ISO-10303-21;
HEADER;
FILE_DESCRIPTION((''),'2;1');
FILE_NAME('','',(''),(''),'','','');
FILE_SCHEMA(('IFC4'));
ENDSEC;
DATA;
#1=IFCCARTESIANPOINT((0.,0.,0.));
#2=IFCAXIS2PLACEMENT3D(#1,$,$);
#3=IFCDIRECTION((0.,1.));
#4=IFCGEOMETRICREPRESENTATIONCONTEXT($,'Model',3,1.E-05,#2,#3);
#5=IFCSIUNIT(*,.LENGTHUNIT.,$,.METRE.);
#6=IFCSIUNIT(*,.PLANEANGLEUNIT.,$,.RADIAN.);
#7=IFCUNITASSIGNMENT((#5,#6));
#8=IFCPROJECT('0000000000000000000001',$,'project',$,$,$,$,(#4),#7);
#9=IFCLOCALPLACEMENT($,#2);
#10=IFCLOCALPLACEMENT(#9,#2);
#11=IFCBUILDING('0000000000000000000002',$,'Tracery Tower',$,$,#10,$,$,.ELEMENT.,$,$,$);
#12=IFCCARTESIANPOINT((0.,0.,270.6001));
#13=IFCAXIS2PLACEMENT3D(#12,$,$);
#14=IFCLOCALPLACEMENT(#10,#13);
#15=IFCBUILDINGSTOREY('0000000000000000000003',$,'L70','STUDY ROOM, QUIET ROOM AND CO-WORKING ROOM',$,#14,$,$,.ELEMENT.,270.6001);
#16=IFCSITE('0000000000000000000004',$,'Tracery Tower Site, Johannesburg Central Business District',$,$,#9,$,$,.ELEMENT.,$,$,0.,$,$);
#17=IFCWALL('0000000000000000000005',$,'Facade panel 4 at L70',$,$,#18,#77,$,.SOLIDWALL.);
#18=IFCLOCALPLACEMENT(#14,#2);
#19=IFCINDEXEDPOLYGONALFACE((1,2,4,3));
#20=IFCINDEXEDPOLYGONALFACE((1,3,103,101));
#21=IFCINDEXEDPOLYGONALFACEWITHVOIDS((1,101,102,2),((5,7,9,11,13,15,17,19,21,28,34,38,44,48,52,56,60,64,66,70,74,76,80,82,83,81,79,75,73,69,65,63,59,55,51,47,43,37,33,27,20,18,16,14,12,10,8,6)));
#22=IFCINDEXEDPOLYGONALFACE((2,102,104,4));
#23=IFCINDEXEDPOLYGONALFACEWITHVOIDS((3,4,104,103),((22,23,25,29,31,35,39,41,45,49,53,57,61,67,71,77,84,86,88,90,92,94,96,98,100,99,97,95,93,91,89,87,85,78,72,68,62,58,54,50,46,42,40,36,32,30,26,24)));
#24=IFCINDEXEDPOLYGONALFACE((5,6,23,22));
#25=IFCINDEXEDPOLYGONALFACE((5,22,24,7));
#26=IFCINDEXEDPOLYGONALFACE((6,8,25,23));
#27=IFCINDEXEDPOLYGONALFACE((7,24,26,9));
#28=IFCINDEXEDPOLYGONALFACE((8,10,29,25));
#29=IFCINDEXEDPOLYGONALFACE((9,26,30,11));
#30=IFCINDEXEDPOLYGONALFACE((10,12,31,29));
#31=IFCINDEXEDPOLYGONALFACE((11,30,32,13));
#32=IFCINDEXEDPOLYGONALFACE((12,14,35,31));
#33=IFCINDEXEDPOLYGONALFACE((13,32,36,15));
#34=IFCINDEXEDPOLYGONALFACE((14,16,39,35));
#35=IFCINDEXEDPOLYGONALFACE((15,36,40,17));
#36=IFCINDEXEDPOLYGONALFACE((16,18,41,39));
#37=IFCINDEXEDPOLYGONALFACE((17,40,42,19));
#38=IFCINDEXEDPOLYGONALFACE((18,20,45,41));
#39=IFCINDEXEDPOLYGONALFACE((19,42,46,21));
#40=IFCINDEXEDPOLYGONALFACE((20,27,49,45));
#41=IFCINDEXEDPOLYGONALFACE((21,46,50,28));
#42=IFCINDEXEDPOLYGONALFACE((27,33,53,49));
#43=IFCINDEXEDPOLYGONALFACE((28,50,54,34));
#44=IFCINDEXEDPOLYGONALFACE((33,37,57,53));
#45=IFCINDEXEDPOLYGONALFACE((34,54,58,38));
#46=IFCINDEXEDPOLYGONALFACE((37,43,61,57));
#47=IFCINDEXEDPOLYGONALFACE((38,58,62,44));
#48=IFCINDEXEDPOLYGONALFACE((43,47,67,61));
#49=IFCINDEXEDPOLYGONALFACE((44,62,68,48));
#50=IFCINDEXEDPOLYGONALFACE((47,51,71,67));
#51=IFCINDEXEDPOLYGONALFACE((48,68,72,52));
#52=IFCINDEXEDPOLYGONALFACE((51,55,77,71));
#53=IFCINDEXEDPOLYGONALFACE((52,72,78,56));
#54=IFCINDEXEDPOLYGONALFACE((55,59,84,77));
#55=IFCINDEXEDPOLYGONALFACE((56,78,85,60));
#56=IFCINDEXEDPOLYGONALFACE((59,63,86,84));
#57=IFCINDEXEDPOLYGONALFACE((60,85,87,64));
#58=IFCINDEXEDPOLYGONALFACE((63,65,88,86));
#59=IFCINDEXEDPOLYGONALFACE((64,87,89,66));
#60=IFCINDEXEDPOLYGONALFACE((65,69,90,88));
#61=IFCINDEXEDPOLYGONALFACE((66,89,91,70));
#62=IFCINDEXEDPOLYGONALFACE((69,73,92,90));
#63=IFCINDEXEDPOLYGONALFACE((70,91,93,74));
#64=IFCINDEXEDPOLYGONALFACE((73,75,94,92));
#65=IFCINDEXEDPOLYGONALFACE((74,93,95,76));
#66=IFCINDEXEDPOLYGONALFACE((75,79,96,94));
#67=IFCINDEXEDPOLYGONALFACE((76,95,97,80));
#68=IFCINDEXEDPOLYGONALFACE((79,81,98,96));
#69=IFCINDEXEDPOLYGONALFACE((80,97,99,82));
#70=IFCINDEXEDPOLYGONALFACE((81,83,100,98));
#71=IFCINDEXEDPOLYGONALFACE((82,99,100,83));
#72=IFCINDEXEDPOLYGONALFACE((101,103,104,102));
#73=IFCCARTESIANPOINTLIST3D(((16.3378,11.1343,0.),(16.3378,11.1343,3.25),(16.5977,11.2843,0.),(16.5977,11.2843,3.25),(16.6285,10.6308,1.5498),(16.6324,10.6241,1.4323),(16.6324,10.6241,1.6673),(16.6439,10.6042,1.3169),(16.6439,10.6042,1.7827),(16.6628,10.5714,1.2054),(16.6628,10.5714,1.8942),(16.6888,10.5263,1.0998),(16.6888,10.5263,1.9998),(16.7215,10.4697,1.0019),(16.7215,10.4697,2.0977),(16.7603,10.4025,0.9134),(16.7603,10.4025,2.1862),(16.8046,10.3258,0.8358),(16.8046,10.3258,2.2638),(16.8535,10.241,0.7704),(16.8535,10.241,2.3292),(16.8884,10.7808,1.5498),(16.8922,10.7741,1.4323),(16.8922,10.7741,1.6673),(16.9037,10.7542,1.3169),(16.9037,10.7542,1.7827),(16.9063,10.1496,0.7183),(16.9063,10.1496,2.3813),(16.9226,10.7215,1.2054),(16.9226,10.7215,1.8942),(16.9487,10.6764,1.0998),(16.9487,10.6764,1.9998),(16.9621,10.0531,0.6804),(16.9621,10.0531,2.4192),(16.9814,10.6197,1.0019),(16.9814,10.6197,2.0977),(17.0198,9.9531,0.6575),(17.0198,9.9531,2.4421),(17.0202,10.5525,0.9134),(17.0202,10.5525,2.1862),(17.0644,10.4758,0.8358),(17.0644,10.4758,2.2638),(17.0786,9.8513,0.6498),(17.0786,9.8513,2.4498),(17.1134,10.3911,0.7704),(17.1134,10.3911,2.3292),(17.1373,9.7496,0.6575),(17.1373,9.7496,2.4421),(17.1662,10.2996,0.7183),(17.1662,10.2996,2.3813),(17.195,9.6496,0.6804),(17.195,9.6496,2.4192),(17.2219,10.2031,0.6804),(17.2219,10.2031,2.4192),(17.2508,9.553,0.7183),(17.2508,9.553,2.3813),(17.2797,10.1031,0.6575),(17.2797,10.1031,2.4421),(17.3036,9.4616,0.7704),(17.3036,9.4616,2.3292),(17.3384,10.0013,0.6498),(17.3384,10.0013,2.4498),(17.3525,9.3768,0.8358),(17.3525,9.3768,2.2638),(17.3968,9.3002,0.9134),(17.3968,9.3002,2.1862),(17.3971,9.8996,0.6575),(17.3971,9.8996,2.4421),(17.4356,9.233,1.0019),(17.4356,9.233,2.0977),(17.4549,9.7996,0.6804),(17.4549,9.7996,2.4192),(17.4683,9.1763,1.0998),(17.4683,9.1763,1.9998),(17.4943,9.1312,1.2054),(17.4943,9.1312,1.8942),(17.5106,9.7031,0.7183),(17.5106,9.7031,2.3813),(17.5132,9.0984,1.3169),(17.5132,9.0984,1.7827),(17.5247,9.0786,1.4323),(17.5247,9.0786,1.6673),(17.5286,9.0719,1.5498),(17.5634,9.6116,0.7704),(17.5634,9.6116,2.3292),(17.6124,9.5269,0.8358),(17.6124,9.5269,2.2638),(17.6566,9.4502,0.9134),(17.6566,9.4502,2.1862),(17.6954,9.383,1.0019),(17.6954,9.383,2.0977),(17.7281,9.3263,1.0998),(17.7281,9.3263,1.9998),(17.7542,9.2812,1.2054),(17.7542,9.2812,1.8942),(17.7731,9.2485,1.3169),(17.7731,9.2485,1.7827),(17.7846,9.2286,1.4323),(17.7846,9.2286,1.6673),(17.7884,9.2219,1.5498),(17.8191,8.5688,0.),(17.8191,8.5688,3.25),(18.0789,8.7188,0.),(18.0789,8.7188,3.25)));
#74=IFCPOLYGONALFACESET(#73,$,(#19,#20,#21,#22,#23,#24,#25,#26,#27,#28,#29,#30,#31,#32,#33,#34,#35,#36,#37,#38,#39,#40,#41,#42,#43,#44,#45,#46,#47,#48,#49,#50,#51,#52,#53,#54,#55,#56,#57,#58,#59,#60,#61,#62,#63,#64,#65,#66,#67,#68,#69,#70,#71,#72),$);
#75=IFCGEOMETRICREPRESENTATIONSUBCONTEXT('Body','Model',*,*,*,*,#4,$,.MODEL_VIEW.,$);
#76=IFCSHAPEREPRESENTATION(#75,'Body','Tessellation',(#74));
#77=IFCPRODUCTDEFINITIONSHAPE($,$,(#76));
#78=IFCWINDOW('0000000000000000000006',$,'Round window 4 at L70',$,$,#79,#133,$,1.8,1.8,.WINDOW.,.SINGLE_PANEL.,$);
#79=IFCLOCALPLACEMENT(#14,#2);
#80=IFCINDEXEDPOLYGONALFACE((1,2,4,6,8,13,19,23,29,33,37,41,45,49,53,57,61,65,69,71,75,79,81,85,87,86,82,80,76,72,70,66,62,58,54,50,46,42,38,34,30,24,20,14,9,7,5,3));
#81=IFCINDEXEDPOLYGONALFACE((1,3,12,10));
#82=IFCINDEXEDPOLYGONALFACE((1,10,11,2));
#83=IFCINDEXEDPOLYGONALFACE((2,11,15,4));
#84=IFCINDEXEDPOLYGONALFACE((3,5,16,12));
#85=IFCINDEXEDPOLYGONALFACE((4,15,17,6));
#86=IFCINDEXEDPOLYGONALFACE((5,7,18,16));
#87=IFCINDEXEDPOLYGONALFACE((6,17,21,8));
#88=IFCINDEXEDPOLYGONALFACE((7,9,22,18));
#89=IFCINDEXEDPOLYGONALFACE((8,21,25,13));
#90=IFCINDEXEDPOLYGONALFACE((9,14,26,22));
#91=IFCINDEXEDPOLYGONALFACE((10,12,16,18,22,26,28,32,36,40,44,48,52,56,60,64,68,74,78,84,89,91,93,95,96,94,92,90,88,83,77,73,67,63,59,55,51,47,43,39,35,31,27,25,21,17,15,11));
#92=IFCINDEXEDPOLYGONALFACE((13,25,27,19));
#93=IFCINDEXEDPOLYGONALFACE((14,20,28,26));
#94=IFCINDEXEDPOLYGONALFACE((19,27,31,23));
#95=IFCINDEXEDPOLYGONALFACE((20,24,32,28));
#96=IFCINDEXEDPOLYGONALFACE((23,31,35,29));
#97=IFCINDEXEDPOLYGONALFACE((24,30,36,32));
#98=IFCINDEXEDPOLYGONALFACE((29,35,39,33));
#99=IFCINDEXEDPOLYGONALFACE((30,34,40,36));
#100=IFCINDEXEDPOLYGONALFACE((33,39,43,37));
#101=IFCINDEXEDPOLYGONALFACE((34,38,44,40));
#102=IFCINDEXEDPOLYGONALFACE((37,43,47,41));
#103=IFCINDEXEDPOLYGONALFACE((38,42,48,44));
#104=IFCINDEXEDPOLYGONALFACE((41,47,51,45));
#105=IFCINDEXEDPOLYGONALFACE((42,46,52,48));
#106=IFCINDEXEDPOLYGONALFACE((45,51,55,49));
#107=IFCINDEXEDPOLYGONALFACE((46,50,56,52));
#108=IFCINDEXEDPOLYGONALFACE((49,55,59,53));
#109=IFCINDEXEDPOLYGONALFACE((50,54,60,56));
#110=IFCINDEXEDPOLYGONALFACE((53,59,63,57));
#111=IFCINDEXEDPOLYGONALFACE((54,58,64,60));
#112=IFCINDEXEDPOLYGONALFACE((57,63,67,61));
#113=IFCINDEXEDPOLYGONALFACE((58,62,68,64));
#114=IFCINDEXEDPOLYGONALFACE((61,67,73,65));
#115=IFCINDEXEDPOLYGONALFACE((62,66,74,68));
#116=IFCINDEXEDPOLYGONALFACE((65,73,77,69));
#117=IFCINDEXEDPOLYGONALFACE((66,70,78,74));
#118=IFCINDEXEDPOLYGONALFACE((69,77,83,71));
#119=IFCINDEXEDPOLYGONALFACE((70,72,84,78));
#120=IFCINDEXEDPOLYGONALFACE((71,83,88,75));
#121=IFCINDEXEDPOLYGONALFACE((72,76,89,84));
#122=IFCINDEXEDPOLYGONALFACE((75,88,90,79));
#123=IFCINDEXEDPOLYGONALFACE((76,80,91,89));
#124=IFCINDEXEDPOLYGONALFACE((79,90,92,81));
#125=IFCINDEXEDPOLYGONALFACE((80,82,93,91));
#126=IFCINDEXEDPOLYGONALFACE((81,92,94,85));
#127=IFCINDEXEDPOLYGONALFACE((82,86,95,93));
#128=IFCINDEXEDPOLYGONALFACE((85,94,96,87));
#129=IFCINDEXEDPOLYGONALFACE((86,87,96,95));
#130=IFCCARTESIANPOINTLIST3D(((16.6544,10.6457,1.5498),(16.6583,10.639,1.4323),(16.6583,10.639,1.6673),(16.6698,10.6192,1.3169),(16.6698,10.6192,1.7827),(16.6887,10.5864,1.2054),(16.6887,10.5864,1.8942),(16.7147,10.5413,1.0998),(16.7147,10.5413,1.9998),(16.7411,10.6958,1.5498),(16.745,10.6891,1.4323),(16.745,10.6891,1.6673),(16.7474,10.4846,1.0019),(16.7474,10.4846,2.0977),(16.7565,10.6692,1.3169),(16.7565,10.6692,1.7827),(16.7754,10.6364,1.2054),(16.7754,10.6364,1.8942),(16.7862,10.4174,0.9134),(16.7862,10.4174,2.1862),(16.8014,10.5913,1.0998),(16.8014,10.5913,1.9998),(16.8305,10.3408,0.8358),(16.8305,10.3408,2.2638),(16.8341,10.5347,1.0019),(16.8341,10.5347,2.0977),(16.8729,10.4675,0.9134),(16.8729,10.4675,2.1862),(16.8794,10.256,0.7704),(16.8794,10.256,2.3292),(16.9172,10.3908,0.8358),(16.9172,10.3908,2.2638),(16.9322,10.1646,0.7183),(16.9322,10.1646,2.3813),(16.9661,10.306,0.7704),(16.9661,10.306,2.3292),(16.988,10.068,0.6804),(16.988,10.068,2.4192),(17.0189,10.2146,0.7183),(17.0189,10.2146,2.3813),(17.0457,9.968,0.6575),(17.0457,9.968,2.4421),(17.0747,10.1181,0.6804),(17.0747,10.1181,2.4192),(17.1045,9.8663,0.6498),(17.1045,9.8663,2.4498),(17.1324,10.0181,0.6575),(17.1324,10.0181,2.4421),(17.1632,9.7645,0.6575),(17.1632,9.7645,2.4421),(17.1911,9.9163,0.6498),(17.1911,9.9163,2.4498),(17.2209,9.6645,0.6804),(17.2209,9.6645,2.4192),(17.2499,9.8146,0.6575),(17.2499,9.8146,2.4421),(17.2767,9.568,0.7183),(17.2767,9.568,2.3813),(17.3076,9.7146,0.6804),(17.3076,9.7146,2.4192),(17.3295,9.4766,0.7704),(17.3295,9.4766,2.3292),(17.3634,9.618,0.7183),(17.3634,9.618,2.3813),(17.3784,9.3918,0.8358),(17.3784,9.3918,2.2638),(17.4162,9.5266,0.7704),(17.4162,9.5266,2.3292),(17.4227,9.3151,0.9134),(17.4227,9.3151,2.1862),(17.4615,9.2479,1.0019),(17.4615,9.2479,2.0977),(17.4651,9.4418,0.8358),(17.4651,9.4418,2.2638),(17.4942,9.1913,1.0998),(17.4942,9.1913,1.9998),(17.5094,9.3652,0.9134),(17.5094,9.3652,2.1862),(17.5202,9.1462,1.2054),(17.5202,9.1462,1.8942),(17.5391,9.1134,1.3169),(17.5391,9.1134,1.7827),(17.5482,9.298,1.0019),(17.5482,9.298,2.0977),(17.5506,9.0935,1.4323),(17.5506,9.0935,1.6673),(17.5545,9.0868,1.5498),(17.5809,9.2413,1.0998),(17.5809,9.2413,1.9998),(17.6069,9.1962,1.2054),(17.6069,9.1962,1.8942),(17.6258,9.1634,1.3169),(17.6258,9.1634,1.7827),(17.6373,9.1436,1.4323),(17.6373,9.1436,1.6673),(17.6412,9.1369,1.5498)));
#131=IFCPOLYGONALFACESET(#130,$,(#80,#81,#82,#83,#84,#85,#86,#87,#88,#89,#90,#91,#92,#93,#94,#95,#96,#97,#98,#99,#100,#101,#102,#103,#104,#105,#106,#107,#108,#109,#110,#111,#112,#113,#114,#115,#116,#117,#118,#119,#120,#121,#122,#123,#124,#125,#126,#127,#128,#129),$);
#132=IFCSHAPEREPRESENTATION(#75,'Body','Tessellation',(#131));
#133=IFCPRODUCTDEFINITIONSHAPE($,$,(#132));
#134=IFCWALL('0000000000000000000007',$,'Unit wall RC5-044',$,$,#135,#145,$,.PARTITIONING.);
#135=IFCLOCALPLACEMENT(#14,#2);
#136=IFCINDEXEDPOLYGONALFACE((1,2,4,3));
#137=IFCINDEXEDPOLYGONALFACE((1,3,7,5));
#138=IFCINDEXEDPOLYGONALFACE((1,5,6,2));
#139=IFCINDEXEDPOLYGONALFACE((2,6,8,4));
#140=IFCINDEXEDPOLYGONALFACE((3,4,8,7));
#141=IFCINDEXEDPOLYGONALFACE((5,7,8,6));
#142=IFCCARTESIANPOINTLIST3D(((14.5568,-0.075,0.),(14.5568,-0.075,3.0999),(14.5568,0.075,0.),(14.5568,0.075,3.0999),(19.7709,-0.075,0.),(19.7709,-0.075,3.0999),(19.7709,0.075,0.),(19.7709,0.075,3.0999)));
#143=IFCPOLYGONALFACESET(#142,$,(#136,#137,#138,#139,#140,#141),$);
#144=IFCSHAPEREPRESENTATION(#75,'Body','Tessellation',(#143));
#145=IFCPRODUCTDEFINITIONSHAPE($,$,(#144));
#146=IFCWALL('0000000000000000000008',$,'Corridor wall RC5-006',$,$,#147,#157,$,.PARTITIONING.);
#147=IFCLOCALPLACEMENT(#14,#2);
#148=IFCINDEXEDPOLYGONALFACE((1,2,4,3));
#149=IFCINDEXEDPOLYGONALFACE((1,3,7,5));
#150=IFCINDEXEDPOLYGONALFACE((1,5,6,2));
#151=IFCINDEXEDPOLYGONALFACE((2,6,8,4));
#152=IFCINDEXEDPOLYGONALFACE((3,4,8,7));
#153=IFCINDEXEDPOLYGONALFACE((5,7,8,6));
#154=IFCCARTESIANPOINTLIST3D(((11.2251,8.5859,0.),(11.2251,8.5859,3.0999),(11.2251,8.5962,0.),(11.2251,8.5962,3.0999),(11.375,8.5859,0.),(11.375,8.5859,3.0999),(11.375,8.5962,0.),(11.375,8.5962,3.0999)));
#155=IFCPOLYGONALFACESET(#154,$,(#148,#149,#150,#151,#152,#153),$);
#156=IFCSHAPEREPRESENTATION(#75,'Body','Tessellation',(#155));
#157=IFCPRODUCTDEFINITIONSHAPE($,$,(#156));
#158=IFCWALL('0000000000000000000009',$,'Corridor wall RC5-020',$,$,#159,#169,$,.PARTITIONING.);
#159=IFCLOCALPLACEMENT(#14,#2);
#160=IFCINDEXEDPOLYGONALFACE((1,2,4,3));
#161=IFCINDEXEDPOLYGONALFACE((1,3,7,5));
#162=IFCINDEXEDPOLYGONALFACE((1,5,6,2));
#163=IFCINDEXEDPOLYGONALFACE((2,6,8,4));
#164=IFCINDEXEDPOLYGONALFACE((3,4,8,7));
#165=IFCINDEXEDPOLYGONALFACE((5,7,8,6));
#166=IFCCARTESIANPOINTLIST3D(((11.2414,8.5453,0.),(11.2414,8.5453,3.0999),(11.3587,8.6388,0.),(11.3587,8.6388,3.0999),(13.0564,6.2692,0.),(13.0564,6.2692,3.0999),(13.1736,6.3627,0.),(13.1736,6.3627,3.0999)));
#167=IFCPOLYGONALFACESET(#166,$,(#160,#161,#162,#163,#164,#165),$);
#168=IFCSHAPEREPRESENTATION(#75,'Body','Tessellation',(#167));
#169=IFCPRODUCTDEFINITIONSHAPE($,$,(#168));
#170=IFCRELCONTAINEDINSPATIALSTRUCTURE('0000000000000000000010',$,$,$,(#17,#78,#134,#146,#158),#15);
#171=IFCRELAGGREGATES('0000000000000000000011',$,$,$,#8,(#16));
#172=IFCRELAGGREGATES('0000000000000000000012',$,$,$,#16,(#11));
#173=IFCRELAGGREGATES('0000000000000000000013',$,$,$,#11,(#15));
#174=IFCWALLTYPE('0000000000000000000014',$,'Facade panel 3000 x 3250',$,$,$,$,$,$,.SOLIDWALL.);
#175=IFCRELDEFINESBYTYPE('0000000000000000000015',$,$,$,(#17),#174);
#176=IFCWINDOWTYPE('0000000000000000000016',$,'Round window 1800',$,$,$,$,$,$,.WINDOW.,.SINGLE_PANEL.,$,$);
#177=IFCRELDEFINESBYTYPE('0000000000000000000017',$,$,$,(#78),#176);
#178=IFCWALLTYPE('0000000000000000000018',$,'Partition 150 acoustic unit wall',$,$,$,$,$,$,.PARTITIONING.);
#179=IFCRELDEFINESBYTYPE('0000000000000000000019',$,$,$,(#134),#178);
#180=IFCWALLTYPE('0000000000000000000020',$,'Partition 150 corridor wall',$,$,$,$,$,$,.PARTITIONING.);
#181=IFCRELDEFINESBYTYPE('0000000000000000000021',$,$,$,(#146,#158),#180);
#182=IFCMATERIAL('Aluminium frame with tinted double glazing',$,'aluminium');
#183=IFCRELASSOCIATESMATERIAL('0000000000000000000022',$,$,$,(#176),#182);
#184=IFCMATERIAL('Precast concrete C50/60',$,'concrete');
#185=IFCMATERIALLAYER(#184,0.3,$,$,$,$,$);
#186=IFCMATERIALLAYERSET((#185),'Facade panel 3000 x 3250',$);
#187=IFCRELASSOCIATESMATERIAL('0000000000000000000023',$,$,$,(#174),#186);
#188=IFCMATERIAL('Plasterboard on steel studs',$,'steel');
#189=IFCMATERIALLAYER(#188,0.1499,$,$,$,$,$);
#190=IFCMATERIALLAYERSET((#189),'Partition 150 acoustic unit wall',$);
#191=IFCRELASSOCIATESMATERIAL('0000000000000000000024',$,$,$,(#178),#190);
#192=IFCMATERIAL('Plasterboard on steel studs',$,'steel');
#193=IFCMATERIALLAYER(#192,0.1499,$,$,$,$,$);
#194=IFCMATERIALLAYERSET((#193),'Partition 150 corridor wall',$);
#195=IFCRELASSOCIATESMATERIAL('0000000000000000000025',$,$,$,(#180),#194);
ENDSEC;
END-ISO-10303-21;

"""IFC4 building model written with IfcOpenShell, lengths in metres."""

from ifc_helpers import new_model, si_unit, direction, frame, frame_2d, origin, origin_2d, place, context, subcontext, project, spatial, rectangle, circle, extrude, material, layer, layer_set, type_object, element, fill, save


model = new_model("IFC4")

# Units and contexts
model_context = context("Model", 3, precision=1e-05, world=origin(), true_north=direction((0.0, 1.0)))
body_context = subcontext(model_context, "Body", "Model", "MODEL_VIEW")
ifc_project = project(units=[si_unit("LENGTHUNIT", "METRE"), si_unit("PLANEANGLEUNIT", "RADIAN")], contexts=[model_context])

# Site, building, storey
site_placement = place(None, origin())
site = spatial("IfcSite", under=ifc_project, at=site_placement, Name="Tracery Tower Site, Johannesburg Central Business District", CompositionType="ELEMENT", RefElevation=0.0)
building_placement = place(site_placement, origin())
building = spatial("IfcBuilding", under=site, at=building_placement, Name="Tracery Tower", CompositionType="ELEMENT")
storey_placement = place(building_placement, frame((0.0, 0.0, 270.6001)))
storey = spatial("IfcBuildingStorey", under=building, at=storey_placement, Name="L70", Description="STUDY ROOM, QUIET ROOM AND CO-WORKING ROOM", CompositionType="ELEMENT", Elevation=270.6001)

# Wall, opening, window
ifc_material_1 = material(Name="Aluminium frame with tinted double glazing", Category="aluminium")
window_type = type_object("IfcWindowType", Name="Round window 1800", PartitioningType="SINGLE_PANEL", PredefinedType="WINDOW", material=ifc_material_1)
ifc_material_2 = material(Name="Precast concrete C50/60", Category="concrete")
ifc_layer_1 = layer(ifc_material_2, 0.3)
ifc_layer_set_1 = layer_set([ifc_layer_1], Name="Facade panel 3000 x 3250")
wall_type_1 = type_object("IfcWallType", Name="Facade panel 3000 x 3250", PredefinedType="SOLIDWALL", material=ifc_layer_set_1)
wall_1_placement = place(storey_placement, frame((17.949, 8.6438, 0.0), z_axis=(0.0, 0.0, 1.0), x_axis=(-0.500013, 0.866018, 0.0)))
wall_1 = element("IfcWall", 1, at=wall_1_placement, inside=storey, type_object=wall_type_1, Name="Facade panel 4 at L70", PredefinedType="SOLIDWALL", context=body_context, shape_type="SweptSolid", body=[
    extrude(rectangle(XDim=2.9624, YDim=0.3, at=frame_2d((1.4812, 0.0))), origin(), (0.0, 0.0, 1.0), 3.25),
])
opening_1_placement = place(wall_1_placement, frame((1.481, 0.0, 1.5498)))
opening_1 = element("IfcOpeningElement", 2, at=opening_1_placement, cuts=wall_1, PredefinedType="OPENING", context=body_context, shape_type="SweptSolid", body=[
    extrude(circle(Radius=0.9, at=origin_2d()), frame((0.0, 0.1599, 0.0), z_axis=(0.0, -1.0, 0.0), x_axis=(1.0, 0.0, 0.0)), (0.0, 0.0, 1.0), 0.3201),
])
window_1_placement = place(opening_1_placement, origin())
window_1 = element("IfcWindow", 3, at=window_1_placement, inside=storey, type_object=window_type, Name="Round window 4 at L70", OverallHeight=1.8, OverallWidth=1.8, PartitioningType="SINGLE_PANEL", PredefinedType="WINDOW", context=body_context, shape_type="SweptSolid", body=[
    extrude(circle(Radius=0.9, at=origin_2d()), frame((0.0, 0.1201, 0.0), z_axis=(0.0, -1.0, 0.0), x_axis=(1.0, 0.0, 0.0)), (0.0, 0.0, 1.0), 0.1001),
])
fill(opening_1, window_1)

# Walls
ifc_material_3 = material(Name="Plasterboard on steel studs", Category="steel")
ifc_layer_2 = layer(ifc_material_3, 0.1499)
ifc_layer_set_2 = layer_set([ifc_layer_2], Name="Partition 150 acoustic unit wall")
wall_type_2 = type_object("IfcWallType", Name="Partition 150 acoustic unit wall", PredefinedType="PARTITIONING", material=ifc_layer_set_2)
wall_2_placement = place(storey_placement, frame((14.5569, 0.0, 0.0), z_axis=(0.0, 0.0, 1.0), x_axis=(1.0, 0.0, 0.0)))
element("IfcWall", 4, at=wall_2_placement, inside=storey, type_object=wall_type_2, Name="Unit wall RC5-044", PredefinedType="PARTITIONING", context=body_context, shape_type="SweptSolid", body=[
    extrude(rectangle(XDim=5.2141, YDim=0.1499, at=frame_2d((2.6069, 0.0))), origin(), (0.0, 0.0, 1.0), 3.0999),
])
ifc_material_4 = material(Name="Plasterboard on steel studs", Category="steel")
ifc_layer_3 = layer(ifc_material_4, 0.1499)
ifc_layer_set_3 = layer_set([ifc_layer_3], Name="Partition 150 corridor wall")
wall_type_3 = type_object("IfcWallType", Name="Partition 150 corridor wall", PredefinedType="PARTITIONING", material=ifc_layer_set_3)
wall_3_placement = place(storey_placement, frame((11.3, 8.5859, 0.0), z_axis=(0.0, 0.0, 1.0), x_axis=(0.0, 1.0, 0.0)))
element("IfcWall", 5, at=wall_3_placement, inside=storey, type_object=wall_type_3, Name="Corridor wall RC5-006", PredefinedType="PARTITIONING", context=body_context, shape_type="SweptSolid", body=[
    extrude(rectangle(XDim=0.0103, YDim=0.1499, at=frame_2d((0.0051, 0.0))), origin(), (0.0, 0.0, 1.0), 3.0999),
])
wall_4_placement = place(storey_placement, frame((11.3, 8.592, 0.0), z_axis=(0.0, 0.0, 1.0), x_axis=(0.623447, -0.781866, 0.0)))
element("IfcWall", 6, at=wall_4_placement, inside=storey, type_object=wall_type_3, Name="Corridor wall RC5-020", PredefinedType="PARTITIONING", context=body_context, shape_type="SweptSolid", body=[
    extrude(rectangle(XDim=2.9111, YDim=0.1499, at=frame_2d((1.4556, 0.0))), origin(), (0.0, 0.0, 1.0), 3.0999),
])

save(model, "model.ifc")
